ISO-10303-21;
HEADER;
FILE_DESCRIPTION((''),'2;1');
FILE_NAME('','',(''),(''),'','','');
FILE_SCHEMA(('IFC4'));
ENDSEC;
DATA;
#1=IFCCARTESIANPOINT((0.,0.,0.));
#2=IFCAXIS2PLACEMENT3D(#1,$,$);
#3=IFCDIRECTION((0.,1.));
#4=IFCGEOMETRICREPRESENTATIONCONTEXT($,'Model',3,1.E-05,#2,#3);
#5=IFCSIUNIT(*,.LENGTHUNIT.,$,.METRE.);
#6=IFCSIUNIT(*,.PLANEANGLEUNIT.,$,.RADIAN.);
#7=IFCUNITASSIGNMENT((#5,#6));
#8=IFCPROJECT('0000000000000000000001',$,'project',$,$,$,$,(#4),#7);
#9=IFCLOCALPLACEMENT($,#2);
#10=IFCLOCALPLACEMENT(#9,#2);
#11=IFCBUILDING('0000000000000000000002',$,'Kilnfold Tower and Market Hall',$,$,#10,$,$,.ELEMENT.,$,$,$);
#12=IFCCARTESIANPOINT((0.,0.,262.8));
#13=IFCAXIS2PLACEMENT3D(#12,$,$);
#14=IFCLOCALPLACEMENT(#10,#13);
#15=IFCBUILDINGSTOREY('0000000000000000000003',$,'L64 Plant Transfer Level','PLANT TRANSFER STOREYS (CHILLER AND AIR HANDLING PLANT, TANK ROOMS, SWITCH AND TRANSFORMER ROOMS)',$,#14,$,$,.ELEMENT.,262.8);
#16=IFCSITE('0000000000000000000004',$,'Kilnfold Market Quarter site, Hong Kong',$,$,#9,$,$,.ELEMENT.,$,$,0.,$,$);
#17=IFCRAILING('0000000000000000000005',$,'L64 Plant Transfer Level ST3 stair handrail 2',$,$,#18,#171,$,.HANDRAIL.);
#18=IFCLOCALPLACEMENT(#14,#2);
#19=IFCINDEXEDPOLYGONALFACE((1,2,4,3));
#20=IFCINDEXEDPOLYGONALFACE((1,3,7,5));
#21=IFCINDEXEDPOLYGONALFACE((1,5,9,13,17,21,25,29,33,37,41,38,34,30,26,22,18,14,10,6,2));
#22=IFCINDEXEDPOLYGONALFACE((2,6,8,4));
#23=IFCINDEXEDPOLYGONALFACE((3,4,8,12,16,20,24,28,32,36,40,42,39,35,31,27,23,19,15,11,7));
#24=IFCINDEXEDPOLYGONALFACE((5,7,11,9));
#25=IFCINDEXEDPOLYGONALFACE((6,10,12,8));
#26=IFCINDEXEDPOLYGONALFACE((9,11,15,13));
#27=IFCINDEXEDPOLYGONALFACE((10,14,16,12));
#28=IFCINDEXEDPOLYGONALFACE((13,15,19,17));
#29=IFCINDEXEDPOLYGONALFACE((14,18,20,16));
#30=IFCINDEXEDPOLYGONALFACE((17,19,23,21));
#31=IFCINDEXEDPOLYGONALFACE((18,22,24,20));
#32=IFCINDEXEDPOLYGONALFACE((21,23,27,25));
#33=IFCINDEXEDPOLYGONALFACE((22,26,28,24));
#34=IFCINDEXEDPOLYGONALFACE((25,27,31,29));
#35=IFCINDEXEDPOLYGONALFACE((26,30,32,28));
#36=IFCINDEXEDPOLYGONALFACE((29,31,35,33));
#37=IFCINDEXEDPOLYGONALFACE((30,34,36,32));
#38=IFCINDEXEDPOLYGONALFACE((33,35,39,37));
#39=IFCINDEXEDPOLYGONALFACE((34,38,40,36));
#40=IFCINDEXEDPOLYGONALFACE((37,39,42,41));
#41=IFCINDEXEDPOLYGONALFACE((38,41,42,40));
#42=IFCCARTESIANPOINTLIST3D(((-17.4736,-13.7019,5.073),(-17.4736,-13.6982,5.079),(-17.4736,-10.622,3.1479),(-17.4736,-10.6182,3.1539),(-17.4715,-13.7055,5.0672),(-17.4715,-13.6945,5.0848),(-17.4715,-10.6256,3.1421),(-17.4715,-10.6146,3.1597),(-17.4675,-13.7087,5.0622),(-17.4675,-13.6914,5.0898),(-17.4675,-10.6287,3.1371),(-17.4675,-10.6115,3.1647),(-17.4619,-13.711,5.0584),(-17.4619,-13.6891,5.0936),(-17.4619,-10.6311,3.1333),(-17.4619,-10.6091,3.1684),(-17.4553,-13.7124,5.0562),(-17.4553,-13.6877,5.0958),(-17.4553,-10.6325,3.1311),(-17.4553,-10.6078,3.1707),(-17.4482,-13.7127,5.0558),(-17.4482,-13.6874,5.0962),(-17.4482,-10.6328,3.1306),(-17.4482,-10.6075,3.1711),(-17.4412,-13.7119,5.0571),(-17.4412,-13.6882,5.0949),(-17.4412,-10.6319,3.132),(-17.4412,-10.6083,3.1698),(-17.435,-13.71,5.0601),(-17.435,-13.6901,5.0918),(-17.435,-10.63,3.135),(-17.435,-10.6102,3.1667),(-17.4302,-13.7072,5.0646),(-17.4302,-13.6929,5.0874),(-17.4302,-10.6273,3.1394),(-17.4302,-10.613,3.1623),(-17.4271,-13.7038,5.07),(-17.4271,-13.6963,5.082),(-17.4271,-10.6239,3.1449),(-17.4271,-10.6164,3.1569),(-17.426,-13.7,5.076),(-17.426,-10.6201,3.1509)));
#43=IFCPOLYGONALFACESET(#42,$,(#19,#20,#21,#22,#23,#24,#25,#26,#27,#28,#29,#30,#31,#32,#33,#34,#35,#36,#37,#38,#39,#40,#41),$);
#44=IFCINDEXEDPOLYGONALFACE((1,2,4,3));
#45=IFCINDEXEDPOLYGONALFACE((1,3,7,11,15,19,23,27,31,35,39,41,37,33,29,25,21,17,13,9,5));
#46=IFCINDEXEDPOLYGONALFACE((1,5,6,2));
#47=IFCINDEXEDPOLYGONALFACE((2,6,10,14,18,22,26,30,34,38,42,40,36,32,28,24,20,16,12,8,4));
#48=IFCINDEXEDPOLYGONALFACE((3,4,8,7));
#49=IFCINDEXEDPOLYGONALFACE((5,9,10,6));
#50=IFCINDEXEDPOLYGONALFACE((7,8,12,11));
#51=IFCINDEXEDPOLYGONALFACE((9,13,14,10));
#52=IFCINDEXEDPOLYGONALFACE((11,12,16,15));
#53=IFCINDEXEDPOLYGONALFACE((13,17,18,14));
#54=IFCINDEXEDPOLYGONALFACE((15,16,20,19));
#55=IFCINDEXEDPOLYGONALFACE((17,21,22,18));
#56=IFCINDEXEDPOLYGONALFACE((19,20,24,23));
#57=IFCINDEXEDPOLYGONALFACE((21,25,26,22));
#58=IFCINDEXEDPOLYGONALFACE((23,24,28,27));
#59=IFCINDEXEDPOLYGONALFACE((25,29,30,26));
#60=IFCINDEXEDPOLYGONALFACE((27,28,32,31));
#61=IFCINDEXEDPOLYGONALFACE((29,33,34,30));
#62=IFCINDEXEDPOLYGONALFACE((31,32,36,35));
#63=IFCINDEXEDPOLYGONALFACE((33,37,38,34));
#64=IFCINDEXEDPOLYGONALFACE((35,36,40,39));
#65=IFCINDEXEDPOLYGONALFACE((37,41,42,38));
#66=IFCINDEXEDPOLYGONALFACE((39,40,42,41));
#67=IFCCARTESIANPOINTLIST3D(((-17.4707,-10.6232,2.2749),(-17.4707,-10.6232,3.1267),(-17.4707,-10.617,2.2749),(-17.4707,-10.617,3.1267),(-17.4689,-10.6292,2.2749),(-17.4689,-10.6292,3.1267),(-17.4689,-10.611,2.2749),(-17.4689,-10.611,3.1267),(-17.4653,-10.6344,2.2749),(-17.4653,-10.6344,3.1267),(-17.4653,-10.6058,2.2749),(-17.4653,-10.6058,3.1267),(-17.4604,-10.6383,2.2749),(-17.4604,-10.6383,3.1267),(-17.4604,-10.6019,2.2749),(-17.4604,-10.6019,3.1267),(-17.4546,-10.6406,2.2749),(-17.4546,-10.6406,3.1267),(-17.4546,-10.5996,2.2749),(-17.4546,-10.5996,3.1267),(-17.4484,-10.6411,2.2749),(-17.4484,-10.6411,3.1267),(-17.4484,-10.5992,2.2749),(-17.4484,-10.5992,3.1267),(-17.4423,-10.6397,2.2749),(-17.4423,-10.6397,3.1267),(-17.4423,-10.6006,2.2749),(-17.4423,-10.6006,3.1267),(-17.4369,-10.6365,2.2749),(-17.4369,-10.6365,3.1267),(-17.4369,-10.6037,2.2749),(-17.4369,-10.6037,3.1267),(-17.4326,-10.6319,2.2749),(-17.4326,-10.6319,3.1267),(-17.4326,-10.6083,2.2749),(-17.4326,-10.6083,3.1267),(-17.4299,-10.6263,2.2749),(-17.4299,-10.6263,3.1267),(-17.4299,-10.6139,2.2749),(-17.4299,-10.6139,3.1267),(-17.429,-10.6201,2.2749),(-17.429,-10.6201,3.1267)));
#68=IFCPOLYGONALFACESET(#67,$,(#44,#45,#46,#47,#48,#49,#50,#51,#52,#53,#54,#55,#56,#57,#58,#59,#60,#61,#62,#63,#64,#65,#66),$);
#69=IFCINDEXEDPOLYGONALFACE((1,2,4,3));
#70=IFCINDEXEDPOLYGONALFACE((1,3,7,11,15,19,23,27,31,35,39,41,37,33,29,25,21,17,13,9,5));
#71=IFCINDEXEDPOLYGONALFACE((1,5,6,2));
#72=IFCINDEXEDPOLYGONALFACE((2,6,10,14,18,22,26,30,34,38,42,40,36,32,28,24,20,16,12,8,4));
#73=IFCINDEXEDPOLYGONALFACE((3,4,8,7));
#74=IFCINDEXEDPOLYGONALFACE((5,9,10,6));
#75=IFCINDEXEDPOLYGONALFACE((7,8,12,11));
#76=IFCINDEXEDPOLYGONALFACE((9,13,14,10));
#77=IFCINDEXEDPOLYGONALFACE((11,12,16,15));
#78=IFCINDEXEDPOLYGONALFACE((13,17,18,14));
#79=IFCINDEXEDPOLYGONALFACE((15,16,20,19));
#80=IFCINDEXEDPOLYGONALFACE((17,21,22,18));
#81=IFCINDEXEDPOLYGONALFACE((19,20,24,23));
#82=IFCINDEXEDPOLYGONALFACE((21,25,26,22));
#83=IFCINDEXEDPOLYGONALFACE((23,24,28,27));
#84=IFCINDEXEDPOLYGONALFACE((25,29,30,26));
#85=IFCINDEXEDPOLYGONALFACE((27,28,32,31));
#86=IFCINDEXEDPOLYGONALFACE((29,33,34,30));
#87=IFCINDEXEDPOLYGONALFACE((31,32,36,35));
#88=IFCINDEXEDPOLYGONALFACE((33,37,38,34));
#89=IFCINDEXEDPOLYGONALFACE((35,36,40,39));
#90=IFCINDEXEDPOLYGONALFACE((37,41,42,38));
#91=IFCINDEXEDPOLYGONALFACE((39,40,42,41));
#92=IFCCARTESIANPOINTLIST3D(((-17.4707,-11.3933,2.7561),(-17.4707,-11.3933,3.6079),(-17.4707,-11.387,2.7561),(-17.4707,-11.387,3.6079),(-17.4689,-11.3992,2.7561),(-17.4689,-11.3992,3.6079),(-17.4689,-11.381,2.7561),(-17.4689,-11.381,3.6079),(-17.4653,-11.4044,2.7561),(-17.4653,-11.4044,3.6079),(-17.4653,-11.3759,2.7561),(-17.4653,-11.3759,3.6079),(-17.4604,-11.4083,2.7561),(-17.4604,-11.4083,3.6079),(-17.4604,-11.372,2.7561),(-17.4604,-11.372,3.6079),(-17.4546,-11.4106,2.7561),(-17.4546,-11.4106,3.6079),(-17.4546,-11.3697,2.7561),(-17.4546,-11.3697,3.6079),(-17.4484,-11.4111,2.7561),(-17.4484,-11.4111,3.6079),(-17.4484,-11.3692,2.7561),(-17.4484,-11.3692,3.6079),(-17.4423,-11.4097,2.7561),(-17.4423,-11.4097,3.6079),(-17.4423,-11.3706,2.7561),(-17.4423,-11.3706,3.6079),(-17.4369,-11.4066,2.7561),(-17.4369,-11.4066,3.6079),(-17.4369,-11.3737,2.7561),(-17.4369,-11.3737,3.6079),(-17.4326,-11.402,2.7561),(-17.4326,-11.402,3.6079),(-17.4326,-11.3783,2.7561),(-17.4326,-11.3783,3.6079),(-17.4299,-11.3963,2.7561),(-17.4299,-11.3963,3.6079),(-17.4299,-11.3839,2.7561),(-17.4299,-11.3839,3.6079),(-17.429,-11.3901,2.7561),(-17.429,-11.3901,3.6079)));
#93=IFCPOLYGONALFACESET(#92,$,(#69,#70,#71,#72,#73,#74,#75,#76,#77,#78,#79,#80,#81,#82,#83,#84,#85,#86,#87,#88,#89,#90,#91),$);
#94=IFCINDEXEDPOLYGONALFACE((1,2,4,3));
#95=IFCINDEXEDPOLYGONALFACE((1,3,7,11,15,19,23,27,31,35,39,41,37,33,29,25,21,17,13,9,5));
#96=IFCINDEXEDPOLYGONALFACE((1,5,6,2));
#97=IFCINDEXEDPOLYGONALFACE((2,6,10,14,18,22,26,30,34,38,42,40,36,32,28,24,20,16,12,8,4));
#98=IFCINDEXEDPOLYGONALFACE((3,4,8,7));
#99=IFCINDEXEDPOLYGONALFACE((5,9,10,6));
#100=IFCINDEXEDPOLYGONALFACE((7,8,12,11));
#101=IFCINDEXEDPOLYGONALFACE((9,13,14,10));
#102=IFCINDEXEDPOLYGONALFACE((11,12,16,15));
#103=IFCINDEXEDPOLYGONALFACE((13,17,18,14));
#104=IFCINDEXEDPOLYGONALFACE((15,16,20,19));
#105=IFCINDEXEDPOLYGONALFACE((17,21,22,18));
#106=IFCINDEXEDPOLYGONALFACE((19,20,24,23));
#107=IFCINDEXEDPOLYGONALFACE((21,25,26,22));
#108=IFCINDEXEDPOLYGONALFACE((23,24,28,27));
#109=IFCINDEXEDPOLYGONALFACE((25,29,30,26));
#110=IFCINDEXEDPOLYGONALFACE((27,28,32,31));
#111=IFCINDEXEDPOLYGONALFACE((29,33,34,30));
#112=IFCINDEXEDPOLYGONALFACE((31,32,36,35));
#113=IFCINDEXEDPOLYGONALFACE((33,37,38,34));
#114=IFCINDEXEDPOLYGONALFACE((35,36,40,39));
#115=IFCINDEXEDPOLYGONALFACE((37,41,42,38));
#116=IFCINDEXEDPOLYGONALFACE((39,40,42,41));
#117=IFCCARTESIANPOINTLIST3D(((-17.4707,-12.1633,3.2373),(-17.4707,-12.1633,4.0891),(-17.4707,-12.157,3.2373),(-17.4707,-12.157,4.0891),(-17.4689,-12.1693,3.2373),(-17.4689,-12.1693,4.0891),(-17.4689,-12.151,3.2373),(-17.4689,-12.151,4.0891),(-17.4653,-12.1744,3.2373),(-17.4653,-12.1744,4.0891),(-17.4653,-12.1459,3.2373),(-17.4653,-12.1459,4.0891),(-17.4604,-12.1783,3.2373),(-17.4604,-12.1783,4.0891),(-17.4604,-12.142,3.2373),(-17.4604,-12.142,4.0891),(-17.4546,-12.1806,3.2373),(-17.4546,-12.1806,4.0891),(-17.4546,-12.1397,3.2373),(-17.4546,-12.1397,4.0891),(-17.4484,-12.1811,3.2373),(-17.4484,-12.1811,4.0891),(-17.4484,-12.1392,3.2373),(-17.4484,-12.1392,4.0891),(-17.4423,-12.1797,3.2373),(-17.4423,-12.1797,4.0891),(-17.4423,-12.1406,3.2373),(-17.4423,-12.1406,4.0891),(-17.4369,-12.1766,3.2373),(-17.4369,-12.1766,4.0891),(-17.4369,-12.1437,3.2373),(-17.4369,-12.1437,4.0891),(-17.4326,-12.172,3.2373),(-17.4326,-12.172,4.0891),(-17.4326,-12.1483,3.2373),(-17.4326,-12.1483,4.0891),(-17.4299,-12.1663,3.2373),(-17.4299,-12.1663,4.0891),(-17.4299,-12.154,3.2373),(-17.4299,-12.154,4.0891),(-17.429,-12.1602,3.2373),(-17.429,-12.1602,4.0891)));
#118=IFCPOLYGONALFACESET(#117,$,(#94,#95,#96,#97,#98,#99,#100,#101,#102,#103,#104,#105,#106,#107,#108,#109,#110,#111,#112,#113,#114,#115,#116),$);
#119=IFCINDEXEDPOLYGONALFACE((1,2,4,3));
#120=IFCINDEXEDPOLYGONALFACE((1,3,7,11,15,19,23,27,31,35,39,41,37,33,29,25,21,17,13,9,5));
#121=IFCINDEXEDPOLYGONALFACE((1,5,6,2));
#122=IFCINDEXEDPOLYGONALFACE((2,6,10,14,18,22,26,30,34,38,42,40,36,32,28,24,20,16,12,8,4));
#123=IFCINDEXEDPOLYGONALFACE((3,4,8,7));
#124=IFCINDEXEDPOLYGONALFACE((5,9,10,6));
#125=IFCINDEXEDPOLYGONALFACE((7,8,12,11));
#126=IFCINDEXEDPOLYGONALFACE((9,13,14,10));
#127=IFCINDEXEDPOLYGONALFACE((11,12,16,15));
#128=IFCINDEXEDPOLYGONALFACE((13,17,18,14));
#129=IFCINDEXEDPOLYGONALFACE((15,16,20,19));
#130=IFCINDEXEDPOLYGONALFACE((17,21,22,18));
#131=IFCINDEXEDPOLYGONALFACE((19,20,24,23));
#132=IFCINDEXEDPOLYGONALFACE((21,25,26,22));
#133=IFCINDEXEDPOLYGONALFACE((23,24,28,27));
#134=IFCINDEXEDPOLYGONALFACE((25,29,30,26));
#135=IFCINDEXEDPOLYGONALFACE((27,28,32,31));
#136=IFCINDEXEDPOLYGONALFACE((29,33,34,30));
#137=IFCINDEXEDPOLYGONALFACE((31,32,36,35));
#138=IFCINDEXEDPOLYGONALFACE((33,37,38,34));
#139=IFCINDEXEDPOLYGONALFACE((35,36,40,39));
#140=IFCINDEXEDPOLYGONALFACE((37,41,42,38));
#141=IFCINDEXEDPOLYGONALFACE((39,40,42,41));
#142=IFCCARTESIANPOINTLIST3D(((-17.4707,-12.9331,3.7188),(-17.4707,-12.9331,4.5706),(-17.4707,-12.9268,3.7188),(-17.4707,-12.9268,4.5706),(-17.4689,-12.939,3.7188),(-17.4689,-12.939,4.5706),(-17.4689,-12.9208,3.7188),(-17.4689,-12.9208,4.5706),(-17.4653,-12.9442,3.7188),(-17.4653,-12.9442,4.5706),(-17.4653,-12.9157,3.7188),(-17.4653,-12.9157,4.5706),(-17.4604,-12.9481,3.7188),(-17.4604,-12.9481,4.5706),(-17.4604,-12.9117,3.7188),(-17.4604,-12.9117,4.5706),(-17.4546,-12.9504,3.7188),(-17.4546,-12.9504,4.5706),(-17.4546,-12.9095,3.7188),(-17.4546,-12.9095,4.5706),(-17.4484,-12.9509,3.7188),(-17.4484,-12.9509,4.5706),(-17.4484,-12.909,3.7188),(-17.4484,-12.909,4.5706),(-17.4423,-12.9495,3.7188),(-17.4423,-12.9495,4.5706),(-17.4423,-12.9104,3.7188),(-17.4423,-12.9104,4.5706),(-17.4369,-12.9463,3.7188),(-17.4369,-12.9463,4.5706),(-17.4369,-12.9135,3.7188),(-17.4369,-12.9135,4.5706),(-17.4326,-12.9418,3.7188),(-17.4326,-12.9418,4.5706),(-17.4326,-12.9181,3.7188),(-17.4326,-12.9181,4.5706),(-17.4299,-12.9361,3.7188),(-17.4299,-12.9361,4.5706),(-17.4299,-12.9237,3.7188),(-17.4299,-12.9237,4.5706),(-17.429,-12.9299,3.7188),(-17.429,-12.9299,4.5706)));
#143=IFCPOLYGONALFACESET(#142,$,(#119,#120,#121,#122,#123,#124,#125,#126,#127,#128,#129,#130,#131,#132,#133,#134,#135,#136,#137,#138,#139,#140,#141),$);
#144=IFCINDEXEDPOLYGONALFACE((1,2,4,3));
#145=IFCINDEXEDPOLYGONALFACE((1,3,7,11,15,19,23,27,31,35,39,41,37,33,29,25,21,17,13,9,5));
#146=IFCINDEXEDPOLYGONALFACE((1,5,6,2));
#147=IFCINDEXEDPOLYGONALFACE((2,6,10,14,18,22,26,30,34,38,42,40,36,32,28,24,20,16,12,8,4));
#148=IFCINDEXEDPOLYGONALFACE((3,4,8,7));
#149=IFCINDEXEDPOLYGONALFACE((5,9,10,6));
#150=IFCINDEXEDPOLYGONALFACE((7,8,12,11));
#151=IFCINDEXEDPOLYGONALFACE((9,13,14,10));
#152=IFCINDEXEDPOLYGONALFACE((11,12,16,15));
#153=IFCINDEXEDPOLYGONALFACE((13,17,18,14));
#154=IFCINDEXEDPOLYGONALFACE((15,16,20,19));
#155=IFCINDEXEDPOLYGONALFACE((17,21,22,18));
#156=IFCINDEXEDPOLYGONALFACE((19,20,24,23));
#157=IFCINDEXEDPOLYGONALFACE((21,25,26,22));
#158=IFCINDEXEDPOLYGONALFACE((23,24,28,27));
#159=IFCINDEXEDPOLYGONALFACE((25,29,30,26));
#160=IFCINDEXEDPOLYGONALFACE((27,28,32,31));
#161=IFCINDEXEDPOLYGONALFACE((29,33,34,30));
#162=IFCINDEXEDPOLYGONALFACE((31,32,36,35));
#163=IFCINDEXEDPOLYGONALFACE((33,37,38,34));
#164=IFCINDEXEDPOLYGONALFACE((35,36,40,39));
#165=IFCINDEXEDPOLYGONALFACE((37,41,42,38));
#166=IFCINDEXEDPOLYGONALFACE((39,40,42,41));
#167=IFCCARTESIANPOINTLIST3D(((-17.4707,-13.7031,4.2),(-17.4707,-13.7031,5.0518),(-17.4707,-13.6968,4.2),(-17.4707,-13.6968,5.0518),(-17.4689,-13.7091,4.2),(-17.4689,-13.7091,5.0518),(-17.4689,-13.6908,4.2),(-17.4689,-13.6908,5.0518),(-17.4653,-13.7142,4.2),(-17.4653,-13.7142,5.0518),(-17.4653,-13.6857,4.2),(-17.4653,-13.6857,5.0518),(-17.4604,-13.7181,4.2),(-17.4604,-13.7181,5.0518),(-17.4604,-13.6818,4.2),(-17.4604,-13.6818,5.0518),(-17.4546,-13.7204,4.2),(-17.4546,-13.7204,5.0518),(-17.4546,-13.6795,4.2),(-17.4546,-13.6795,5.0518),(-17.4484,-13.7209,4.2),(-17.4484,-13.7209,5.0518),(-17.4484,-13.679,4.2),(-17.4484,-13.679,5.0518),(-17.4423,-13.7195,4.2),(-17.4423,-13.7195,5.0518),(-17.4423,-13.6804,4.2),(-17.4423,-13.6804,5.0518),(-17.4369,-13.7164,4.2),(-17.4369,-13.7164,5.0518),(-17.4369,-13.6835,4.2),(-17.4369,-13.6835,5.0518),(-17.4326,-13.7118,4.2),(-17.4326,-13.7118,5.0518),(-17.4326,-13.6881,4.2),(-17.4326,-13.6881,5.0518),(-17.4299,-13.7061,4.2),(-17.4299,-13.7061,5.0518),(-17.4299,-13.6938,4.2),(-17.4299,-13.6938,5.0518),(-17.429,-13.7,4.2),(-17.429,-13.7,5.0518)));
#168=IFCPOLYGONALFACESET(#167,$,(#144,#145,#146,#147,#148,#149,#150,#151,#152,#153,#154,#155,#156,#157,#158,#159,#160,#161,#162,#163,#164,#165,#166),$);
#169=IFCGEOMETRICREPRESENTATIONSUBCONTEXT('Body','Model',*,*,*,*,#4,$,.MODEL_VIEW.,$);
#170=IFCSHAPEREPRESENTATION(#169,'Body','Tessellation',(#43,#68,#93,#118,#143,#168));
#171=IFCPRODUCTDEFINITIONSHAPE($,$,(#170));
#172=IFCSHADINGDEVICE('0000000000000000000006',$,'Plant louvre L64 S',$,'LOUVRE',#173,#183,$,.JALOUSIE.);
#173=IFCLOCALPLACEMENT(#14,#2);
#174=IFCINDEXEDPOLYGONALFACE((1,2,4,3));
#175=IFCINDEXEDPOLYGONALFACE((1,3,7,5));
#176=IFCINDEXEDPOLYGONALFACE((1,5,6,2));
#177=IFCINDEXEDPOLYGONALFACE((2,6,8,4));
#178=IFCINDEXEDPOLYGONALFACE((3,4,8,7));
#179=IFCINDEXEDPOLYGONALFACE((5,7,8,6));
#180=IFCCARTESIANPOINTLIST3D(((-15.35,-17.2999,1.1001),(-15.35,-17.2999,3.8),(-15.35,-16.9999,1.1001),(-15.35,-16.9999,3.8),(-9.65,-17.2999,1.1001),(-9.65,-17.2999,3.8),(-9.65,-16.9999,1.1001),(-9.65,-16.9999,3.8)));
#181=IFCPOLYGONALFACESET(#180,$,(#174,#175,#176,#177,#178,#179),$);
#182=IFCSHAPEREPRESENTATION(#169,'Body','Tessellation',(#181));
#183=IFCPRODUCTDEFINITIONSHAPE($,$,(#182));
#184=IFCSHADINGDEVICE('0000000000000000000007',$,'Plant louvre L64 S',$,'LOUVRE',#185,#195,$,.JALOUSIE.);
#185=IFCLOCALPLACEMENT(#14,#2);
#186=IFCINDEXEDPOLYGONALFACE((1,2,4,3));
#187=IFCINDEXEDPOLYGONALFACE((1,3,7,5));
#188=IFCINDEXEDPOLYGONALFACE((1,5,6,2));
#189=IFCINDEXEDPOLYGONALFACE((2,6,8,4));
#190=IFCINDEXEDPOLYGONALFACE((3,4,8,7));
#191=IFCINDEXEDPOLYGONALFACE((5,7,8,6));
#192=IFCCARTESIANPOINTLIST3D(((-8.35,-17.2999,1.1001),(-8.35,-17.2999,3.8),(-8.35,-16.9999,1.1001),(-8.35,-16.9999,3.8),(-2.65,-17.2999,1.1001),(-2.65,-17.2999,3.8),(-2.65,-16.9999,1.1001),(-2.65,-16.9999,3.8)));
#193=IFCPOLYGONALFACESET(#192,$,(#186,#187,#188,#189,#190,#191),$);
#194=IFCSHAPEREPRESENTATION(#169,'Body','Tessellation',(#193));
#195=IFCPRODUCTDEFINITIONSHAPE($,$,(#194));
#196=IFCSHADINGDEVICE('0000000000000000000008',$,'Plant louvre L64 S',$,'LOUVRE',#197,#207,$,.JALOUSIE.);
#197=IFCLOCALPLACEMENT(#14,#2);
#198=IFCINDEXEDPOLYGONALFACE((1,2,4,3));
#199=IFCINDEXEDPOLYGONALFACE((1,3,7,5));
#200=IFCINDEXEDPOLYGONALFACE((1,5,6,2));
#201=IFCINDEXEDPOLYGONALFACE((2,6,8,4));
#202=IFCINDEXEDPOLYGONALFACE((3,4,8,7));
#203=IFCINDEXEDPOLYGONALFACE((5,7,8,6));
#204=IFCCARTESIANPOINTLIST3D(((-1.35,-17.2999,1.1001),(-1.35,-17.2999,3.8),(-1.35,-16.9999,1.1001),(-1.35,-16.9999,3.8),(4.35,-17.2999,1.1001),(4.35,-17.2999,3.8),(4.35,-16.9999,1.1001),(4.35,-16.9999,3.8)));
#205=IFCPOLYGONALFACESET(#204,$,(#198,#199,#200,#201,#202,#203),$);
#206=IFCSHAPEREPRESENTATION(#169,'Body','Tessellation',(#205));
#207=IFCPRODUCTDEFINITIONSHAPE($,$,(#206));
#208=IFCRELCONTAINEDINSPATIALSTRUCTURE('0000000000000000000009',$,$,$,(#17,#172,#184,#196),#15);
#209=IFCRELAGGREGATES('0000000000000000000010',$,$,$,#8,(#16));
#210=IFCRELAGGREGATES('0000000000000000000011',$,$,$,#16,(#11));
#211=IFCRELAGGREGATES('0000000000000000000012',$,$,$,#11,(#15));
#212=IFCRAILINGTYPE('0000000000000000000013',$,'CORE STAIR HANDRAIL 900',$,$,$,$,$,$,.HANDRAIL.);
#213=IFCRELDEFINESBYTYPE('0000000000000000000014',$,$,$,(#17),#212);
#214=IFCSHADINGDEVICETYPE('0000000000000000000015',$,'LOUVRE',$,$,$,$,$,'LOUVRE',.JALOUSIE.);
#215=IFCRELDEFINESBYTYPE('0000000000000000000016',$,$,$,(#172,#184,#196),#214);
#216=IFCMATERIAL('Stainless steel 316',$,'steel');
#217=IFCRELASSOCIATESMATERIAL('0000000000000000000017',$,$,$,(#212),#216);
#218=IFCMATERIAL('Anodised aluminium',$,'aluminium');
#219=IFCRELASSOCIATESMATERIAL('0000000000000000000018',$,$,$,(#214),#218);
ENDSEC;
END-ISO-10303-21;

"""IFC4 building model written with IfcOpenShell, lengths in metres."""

from ifc_helpers import new_model, si_unit, direction, frame, origin, origin_2d, place, context, subcontext, project, spatial, rectangle, circle, extrude, source, transform, mapped, material, type_object, element, save


model = new_model("IFC4")

# Units and contexts
model_context = context("Model", 3, precision=1e-05, world=origin(), true_north=direction((0.0, 1.0)))
body_context = subcontext(model_context, "Body", "Model", "MODEL_VIEW")
ifc_project = project(units=[si_unit("LENGTHUNIT", "METRE"), si_unit("PLANEANGLEUNIT", "RADIAN")], contexts=[model_context])

# Site, building, storey
site_placement = place(None, origin())
site = spatial("IfcSite", under=ifc_project, at=site_placement, Name="Kilnfold Market Quarter site, Hong Kong", CompositionType="ELEMENT", RefElevation=0.0)
building_placement = place(site_placement, origin())
building = spatial("IfcBuilding", under=site, at=building_placement, Name="Kilnfold Tower and Market Hall", CompositionType="ELEMENT")
storey_placement = place(building_placement, frame((0.0, 0.0, 262.8)))
storey = spatial("IfcBuildingStorey", under=building, at=storey_placement, Name="L64 Plant Transfer Level", Description="PLANT TRANSFER STOREYS (CHILLER AND AIR HANDLING PLANT, TANK ROOMS, SWITCH AND TRANSFORMER ROOMS)", CompositionType="ELEMENT", Elevation=262.8)

# Railing
ifc_material_1 = material(Name="Stainless steel 316", Category="steel")
railing_type_1 = type_object("IfcRailingType", Name="CORE STAIR HANDRAIL 900", PredefinedType="HANDRAIL", material=ifc_material_1)
railing_1_placement = place(storey_placement, frame((-17.45, -10.6201, 2.2749)))
element("IfcRailing", 1, at=railing_1_placement, inside=storey, type_object=railing_type_1, Name="L64 Plant Transfer Level ST3 stair handrail 2", PredefinedType="HANDRAIL", context=body_context, shape_type="SweptSolid", body=[
    extrude(circle(Radius=0.0239, at=origin_2d()), frame((0.0, 0.0, 0.876), z_axis=(0.0, -0.847979, 0.530029), x_axis=(1.0, 0.0, 0.0)), (0.0, 0.0, 1.0), 3.6321),
    extrude(circle(Radius=0.021, at=origin_2d()), origin(), (0.0, 0.0, 1.0), 0.8518),
    extrude(circle(Radius=0.021, at=origin_2d()), frame((0.0, -0.77, 0.4812)), (0.0, 0.0, 1.0), 0.8518),
    extrude(circle(Radius=0.021, at=origin_2d()), frame((0.0, -1.54, 0.9624)), (0.0, 0.0, 1.0), 0.8518),
    extrude(circle(Radius=0.021, at=origin_2d()), frame((0.0, -2.3098, 1.4438)), (0.0, 0.0, 1.0), 0.8518),
    extrude(circle(Radius=0.021, at=origin_2d()), frame((0.0, -3.0798, 1.925)), (0.0, 0.0, 1.0), 0.8518),
])

# Shading devices
ifc_material_2 = material(Name="Anodised aluminium", Category="aluminium")
shading_device_type_1 = type_object("IfcShadingDeviceType", Name="LOUVRE", ElementType="LOUVRE", PredefinedType="JALOUSIE", material=ifc_material_2)
shared_shape_1 = source(origin(), body_context, "Body", "SweptSolid", [
    extrude(rectangle(XDim=5.7, YDim=0.3, at=origin_2d()), origin(), (0.0, 0.0, 1.0), 2.7),
])
for number, where, z_axis, x_axis, name in (
    (2, (-12.5, -17.1499, 1.1001), (0.0, 0.0, 1.0), (1.0, 0.0, 0.0), "Plant louvre L64 S"),
    (3, (-5.5, -17.1499, 1.1001), (0.0, 0.0, 1.0), (1.0, 0.0, 0.0), "Plant louvre L64 S"),
    (4, (1.5, -17.1499, 1.1001), (0.0, 0.0, 1.0), (1.0, 0.0, 0.0), "Plant louvre L64 S"),
):
    element("IfcShadingDevice", number, at=place(storey_placement, frame(where, z_axis=z_axis, x_axis=x_axis)), inside=storey, type_object=shading_device_type_1, Name=name, ObjectType="LOUVRE", PredefinedType="JALOUSIE", context=body_context, shape_type="MappedRepresentation", body=[
        mapped(shared_shape_1, transform((0.0, 0.0, 0.0))),
    ])

save(model, "model.ifc")
